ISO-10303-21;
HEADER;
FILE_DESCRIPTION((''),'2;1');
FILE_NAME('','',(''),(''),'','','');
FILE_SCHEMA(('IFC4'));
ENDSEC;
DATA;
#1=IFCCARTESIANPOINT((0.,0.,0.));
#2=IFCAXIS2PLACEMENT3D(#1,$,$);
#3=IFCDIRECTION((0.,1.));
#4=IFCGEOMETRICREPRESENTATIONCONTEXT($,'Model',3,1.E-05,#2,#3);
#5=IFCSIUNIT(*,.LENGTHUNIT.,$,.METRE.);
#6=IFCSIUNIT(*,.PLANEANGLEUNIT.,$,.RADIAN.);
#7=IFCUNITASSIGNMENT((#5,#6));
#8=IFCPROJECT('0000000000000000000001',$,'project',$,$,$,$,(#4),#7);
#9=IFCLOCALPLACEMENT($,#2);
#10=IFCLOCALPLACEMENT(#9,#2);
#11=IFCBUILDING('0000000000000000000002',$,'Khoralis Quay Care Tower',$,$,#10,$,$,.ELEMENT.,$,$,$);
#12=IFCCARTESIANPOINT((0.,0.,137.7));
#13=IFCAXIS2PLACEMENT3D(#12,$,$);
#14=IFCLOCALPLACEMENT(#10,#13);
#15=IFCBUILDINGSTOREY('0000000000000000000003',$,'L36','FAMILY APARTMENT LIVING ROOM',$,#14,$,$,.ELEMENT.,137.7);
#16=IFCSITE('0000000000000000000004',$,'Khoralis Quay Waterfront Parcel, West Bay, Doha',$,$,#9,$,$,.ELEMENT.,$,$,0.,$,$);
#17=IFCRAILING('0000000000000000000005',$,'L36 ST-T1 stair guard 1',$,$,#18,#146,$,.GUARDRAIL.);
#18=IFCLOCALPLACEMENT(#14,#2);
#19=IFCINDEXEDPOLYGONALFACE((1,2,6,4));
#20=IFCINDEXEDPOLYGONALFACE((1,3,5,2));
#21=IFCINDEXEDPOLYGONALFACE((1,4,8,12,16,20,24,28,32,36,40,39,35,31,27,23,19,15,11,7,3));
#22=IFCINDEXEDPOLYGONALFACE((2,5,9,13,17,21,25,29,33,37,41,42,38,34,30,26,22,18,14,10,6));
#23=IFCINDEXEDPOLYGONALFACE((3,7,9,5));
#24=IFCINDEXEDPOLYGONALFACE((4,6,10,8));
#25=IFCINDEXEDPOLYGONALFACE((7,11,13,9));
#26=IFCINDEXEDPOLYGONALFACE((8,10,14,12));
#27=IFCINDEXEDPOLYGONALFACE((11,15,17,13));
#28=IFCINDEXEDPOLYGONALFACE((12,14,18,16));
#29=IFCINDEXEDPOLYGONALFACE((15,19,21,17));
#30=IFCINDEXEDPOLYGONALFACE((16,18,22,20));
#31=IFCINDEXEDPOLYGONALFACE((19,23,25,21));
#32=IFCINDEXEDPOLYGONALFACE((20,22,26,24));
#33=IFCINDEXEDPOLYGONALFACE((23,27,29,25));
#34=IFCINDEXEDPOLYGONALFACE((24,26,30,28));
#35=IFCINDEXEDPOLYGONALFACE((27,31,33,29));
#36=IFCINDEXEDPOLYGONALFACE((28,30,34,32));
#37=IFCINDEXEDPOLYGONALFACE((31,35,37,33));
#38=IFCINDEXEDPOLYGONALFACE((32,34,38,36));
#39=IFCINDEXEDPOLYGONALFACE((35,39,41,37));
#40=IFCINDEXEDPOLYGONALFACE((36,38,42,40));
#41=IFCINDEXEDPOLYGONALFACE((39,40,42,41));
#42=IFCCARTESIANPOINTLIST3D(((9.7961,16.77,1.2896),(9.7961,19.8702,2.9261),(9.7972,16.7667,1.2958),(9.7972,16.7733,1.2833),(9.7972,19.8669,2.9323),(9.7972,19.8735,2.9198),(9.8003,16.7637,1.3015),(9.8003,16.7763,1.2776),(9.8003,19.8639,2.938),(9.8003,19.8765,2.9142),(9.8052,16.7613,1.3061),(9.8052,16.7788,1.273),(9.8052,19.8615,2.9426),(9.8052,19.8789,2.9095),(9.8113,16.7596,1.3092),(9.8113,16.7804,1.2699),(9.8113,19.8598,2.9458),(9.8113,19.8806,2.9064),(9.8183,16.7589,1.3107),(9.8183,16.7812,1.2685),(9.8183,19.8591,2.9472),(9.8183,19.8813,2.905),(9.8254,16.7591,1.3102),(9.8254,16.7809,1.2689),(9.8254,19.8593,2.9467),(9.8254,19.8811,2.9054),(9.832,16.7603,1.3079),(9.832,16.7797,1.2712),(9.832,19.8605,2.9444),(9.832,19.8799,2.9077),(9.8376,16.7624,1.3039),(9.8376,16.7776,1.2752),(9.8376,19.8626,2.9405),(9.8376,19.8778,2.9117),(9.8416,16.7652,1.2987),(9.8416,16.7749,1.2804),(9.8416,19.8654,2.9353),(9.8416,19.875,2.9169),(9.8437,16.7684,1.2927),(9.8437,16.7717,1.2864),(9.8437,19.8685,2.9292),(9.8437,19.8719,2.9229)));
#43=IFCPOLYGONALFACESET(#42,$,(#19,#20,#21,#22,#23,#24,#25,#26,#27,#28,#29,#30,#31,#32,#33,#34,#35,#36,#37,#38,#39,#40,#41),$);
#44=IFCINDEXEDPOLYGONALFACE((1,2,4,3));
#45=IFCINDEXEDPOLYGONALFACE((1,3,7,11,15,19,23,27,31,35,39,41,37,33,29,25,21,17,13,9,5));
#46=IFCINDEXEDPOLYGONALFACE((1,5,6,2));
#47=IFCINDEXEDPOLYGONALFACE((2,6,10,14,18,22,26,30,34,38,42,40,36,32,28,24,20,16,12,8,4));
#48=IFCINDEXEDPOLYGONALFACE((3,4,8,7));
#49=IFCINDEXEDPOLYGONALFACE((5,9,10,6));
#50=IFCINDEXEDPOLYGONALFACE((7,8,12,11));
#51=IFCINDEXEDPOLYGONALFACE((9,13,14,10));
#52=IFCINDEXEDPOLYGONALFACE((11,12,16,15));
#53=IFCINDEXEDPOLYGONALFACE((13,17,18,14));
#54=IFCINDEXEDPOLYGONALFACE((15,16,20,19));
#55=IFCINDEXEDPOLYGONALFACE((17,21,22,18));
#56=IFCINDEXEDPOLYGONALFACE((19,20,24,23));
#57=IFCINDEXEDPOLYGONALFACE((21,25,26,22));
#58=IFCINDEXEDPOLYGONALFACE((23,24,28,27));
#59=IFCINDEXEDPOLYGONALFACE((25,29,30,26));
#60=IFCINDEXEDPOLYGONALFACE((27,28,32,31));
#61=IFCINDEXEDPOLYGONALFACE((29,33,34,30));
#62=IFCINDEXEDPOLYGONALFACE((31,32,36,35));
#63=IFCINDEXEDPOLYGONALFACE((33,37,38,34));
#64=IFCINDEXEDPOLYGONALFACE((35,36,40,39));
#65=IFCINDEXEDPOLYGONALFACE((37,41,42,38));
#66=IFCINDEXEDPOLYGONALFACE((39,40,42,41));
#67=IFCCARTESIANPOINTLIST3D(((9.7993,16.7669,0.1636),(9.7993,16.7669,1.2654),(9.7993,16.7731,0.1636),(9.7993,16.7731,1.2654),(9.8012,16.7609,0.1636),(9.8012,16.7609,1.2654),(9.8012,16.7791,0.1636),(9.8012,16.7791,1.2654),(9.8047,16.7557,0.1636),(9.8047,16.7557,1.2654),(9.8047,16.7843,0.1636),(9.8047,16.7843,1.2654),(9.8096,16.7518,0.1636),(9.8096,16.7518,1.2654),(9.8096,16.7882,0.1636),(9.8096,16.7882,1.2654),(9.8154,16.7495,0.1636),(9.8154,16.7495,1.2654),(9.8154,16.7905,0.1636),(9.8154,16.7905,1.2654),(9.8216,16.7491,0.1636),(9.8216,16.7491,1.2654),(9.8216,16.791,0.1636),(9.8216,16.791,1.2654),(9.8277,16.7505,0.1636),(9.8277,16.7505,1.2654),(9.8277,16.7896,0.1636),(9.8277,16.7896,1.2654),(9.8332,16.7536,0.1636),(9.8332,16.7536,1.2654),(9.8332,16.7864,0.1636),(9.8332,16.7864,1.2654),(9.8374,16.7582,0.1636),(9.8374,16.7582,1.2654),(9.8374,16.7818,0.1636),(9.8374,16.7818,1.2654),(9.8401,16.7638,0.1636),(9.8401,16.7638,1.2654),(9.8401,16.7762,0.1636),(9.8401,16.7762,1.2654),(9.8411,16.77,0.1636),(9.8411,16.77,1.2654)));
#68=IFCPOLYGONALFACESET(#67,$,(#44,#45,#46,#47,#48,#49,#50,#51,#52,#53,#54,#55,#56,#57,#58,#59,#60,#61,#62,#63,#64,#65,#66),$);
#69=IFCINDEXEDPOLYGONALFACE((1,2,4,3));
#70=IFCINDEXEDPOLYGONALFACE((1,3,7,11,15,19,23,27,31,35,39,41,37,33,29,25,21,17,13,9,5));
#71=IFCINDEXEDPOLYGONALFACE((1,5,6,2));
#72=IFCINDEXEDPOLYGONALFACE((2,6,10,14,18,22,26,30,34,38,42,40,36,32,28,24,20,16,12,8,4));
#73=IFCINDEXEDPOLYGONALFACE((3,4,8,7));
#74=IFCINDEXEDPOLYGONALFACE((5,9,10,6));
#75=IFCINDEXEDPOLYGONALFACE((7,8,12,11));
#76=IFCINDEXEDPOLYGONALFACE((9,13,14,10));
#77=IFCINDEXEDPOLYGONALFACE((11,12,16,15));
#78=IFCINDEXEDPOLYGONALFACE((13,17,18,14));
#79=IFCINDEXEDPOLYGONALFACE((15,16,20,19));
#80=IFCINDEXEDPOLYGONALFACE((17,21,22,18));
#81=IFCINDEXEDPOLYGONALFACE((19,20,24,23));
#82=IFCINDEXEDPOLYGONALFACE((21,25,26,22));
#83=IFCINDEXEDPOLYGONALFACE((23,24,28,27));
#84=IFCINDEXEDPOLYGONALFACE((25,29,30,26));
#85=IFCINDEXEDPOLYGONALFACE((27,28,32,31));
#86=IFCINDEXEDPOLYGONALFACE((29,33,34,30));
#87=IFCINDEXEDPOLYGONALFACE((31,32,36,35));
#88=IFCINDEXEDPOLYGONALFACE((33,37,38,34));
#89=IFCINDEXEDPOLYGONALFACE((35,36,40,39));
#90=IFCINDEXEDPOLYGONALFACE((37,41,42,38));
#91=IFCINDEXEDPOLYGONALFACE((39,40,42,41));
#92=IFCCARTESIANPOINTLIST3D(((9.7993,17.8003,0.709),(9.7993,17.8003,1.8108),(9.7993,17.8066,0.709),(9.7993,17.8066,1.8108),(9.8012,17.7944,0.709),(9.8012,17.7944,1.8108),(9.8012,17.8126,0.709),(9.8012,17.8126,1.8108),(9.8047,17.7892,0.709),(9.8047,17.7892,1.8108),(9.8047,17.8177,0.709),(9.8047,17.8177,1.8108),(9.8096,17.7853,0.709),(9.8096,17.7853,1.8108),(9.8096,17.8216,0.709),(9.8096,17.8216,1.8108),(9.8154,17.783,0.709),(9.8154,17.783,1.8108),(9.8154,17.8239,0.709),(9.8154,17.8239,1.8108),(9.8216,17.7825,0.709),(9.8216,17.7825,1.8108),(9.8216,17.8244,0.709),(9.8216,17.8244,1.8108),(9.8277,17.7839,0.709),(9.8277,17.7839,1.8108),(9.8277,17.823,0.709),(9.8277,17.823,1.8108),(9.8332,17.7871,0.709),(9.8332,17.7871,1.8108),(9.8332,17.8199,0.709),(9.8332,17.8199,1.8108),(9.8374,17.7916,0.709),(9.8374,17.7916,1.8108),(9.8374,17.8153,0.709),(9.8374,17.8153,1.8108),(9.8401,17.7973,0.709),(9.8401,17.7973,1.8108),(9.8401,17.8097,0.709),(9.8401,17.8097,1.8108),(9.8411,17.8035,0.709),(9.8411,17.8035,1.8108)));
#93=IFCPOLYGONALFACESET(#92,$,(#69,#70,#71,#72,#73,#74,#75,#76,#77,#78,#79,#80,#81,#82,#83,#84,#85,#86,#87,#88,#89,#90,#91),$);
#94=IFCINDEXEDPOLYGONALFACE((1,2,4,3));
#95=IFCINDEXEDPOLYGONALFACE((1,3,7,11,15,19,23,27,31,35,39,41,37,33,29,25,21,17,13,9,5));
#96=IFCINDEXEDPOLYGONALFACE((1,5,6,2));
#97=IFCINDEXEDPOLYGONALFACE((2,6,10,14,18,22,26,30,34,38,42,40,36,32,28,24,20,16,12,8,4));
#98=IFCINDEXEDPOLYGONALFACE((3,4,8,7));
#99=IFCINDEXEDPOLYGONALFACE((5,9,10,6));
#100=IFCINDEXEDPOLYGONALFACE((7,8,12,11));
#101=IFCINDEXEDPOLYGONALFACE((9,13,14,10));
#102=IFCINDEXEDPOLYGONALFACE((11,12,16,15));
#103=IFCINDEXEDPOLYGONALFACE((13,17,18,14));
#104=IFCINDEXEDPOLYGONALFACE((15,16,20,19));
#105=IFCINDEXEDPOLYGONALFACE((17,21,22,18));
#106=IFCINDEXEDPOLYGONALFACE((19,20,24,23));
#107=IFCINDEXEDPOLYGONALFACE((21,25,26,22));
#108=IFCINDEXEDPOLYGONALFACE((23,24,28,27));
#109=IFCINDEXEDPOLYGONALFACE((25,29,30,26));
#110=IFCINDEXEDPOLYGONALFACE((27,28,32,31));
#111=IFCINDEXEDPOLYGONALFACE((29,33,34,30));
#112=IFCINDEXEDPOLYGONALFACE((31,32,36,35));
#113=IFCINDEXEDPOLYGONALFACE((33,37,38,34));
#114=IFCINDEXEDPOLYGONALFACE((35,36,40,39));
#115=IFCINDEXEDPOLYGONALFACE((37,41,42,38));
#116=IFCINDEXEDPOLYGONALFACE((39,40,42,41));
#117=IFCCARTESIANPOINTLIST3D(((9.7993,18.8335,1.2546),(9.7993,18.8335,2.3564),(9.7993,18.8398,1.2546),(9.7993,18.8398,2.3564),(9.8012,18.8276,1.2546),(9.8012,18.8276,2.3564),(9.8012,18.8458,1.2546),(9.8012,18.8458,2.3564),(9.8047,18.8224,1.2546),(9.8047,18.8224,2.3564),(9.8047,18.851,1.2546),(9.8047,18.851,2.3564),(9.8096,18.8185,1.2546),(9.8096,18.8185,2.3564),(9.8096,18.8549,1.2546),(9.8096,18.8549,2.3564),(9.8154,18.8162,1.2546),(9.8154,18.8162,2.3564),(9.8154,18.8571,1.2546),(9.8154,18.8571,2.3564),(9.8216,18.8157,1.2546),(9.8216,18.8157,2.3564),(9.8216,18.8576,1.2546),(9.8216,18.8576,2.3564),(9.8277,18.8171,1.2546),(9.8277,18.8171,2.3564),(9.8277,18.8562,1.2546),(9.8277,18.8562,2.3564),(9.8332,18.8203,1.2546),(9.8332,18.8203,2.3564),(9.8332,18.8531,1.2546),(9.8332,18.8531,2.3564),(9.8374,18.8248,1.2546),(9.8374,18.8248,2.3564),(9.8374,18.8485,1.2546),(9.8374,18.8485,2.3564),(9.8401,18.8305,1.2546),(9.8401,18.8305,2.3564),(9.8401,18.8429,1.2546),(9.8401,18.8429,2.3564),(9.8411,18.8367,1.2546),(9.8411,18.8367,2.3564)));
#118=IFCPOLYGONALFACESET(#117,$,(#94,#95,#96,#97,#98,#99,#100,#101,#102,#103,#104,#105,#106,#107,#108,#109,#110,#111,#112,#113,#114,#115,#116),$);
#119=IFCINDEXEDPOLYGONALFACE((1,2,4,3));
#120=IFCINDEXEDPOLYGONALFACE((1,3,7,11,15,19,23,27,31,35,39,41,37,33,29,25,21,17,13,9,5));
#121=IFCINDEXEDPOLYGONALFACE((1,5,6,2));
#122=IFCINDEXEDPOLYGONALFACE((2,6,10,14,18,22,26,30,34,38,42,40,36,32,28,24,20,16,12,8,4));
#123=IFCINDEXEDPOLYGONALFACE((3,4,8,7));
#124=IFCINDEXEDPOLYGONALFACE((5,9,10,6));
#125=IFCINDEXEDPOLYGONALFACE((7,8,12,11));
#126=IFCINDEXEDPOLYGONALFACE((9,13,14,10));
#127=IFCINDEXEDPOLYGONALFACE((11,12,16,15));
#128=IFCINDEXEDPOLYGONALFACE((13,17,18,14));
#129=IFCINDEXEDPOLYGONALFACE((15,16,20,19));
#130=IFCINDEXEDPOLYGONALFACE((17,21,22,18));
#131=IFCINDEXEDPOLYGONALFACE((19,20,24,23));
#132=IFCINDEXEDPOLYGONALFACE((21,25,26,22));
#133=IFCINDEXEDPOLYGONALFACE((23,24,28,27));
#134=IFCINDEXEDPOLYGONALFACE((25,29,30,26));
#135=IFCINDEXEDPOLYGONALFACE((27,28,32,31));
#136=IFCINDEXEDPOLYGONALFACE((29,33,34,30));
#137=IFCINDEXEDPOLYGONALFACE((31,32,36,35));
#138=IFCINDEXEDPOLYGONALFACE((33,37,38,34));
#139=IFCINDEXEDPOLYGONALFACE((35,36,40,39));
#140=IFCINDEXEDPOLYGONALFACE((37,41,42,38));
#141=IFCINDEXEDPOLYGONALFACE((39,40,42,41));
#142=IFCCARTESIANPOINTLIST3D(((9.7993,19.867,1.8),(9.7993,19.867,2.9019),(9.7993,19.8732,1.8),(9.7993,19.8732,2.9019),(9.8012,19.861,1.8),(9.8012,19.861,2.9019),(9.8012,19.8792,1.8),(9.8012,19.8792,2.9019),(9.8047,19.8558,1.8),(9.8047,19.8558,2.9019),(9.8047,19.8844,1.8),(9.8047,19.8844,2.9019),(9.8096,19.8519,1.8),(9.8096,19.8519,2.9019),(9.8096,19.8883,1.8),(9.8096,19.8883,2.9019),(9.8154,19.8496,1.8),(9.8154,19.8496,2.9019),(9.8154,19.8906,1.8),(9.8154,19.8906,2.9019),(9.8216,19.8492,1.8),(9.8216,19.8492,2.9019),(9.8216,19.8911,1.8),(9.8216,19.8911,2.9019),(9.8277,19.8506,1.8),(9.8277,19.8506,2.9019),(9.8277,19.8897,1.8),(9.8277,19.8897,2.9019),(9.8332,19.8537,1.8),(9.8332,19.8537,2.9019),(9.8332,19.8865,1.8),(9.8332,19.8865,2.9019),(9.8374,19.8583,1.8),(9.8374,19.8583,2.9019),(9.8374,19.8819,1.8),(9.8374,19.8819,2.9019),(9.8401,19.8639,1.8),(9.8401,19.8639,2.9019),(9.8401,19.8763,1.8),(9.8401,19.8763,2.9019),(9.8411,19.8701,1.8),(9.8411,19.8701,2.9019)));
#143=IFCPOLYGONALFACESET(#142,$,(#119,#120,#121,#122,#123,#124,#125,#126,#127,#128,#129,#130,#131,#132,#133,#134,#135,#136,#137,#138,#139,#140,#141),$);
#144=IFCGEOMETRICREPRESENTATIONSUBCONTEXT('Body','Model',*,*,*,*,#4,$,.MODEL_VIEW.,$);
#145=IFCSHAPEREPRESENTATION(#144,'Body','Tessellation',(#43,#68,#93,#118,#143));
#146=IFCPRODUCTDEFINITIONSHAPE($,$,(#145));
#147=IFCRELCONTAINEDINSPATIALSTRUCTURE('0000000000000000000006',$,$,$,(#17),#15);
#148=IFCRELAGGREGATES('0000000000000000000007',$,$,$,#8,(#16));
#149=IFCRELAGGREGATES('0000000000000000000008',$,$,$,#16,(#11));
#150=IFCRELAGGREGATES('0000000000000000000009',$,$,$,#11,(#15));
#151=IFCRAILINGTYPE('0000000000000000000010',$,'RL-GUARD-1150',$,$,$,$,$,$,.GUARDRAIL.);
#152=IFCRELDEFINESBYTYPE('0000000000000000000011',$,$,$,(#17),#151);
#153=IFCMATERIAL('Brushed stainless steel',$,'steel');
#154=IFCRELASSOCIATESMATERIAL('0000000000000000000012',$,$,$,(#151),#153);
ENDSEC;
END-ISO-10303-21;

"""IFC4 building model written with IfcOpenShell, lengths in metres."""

from ifc_helpers import new_model, si_unit, direction, frame, origin, origin_2d, place, context, subcontext, project, spatial, circle, extrude, material, type_object, element, save


model = new_model("IFC4")

# Units and contexts
model_context = context("Model", 3, precision=1e-05, world=origin(), true_north=direction((0.0, 1.0)))
body_context = subcontext(model_context, "Body", "Model", "MODEL_VIEW")
ifc_project = project(units=[si_unit("LENGTHUNIT", "METRE"), si_unit("PLANEANGLEUNIT", "RADIAN")], contexts=[model_context])

# Site, building, storey
site_placement = place(None, origin())
site = spatial("IfcSite", under=ifc_project, at=site_placement, Name="Khoralis Quay Waterfront Parcel, West Bay, Doha", CompositionType="ELEMENT", RefElevation=0.0)
building_placement = place(site_placement, origin())
building = spatial("IfcBuilding", under=site, at=building_placement, Name="Khoralis Quay Care Tower", CompositionType="ELEMENT")
storey_placement = place(building_placement, frame((0.0, 0.0, 137.7)))
storey = spatial("IfcBuildingStorey", under=building, at=storey_placement, Name="L36", Description="FAMILY APARTMENT LIVING ROOM", CompositionType="ELEMENT", Elevation=137.7)

# Shared definitions
ifc_material_1 = material(Name="Brushed stainless steel", Category="steel")

# Railing
railing_type_1 = type_object("IfcRailingType", Name="RL-GUARD-1150", PredefinedType="GUARDRAIL", material=ifc_material_1)
railing_1_placement = place(storey_placement, frame((9.8201, 16.77, 0.1636)))
element("IfcRailing", 1, at=railing_1_placement, inside=storey, type_object=railing_type_1, Name="L36 ST-T1 stair guard 1", PredefinedType="GUARDRAIL", context=body_context, shape_type="SweptSolid", body=[
    extrude(circle(Radius=0.0239, at=origin_2d()), frame((0.0, 0.0, 1.126), z_axis=(0.0, 0.884348, 0.466828), x_axis=(-1.0, 0.0, 0.0)), (0.0, 0.0, 1.0), 3.5056),
    extrude(circle(Radius=0.021, at=origin_2d()), origin(), (0.0, 0.0, 1.0), 1.1018),
    extrude(circle(Radius=0.021, at=origin_2d()), frame((0.0, 1.0334, 0.5454)), (0.0, 0.0, 1.0), 1.1018),
    extrude(circle(Radius=0.021, at=origin_2d()), frame((0.0, 2.0667, 1.0911)), (0.0, 0.0, 1.0), 1.1018),
    extrude(circle(Radius=0.021, at=origin_2d()), frame((0.0, 3.1001, 1.6365)), (0.0, 0.0, 1.0), 1.1018),
])

save(model, "model.ifc")
